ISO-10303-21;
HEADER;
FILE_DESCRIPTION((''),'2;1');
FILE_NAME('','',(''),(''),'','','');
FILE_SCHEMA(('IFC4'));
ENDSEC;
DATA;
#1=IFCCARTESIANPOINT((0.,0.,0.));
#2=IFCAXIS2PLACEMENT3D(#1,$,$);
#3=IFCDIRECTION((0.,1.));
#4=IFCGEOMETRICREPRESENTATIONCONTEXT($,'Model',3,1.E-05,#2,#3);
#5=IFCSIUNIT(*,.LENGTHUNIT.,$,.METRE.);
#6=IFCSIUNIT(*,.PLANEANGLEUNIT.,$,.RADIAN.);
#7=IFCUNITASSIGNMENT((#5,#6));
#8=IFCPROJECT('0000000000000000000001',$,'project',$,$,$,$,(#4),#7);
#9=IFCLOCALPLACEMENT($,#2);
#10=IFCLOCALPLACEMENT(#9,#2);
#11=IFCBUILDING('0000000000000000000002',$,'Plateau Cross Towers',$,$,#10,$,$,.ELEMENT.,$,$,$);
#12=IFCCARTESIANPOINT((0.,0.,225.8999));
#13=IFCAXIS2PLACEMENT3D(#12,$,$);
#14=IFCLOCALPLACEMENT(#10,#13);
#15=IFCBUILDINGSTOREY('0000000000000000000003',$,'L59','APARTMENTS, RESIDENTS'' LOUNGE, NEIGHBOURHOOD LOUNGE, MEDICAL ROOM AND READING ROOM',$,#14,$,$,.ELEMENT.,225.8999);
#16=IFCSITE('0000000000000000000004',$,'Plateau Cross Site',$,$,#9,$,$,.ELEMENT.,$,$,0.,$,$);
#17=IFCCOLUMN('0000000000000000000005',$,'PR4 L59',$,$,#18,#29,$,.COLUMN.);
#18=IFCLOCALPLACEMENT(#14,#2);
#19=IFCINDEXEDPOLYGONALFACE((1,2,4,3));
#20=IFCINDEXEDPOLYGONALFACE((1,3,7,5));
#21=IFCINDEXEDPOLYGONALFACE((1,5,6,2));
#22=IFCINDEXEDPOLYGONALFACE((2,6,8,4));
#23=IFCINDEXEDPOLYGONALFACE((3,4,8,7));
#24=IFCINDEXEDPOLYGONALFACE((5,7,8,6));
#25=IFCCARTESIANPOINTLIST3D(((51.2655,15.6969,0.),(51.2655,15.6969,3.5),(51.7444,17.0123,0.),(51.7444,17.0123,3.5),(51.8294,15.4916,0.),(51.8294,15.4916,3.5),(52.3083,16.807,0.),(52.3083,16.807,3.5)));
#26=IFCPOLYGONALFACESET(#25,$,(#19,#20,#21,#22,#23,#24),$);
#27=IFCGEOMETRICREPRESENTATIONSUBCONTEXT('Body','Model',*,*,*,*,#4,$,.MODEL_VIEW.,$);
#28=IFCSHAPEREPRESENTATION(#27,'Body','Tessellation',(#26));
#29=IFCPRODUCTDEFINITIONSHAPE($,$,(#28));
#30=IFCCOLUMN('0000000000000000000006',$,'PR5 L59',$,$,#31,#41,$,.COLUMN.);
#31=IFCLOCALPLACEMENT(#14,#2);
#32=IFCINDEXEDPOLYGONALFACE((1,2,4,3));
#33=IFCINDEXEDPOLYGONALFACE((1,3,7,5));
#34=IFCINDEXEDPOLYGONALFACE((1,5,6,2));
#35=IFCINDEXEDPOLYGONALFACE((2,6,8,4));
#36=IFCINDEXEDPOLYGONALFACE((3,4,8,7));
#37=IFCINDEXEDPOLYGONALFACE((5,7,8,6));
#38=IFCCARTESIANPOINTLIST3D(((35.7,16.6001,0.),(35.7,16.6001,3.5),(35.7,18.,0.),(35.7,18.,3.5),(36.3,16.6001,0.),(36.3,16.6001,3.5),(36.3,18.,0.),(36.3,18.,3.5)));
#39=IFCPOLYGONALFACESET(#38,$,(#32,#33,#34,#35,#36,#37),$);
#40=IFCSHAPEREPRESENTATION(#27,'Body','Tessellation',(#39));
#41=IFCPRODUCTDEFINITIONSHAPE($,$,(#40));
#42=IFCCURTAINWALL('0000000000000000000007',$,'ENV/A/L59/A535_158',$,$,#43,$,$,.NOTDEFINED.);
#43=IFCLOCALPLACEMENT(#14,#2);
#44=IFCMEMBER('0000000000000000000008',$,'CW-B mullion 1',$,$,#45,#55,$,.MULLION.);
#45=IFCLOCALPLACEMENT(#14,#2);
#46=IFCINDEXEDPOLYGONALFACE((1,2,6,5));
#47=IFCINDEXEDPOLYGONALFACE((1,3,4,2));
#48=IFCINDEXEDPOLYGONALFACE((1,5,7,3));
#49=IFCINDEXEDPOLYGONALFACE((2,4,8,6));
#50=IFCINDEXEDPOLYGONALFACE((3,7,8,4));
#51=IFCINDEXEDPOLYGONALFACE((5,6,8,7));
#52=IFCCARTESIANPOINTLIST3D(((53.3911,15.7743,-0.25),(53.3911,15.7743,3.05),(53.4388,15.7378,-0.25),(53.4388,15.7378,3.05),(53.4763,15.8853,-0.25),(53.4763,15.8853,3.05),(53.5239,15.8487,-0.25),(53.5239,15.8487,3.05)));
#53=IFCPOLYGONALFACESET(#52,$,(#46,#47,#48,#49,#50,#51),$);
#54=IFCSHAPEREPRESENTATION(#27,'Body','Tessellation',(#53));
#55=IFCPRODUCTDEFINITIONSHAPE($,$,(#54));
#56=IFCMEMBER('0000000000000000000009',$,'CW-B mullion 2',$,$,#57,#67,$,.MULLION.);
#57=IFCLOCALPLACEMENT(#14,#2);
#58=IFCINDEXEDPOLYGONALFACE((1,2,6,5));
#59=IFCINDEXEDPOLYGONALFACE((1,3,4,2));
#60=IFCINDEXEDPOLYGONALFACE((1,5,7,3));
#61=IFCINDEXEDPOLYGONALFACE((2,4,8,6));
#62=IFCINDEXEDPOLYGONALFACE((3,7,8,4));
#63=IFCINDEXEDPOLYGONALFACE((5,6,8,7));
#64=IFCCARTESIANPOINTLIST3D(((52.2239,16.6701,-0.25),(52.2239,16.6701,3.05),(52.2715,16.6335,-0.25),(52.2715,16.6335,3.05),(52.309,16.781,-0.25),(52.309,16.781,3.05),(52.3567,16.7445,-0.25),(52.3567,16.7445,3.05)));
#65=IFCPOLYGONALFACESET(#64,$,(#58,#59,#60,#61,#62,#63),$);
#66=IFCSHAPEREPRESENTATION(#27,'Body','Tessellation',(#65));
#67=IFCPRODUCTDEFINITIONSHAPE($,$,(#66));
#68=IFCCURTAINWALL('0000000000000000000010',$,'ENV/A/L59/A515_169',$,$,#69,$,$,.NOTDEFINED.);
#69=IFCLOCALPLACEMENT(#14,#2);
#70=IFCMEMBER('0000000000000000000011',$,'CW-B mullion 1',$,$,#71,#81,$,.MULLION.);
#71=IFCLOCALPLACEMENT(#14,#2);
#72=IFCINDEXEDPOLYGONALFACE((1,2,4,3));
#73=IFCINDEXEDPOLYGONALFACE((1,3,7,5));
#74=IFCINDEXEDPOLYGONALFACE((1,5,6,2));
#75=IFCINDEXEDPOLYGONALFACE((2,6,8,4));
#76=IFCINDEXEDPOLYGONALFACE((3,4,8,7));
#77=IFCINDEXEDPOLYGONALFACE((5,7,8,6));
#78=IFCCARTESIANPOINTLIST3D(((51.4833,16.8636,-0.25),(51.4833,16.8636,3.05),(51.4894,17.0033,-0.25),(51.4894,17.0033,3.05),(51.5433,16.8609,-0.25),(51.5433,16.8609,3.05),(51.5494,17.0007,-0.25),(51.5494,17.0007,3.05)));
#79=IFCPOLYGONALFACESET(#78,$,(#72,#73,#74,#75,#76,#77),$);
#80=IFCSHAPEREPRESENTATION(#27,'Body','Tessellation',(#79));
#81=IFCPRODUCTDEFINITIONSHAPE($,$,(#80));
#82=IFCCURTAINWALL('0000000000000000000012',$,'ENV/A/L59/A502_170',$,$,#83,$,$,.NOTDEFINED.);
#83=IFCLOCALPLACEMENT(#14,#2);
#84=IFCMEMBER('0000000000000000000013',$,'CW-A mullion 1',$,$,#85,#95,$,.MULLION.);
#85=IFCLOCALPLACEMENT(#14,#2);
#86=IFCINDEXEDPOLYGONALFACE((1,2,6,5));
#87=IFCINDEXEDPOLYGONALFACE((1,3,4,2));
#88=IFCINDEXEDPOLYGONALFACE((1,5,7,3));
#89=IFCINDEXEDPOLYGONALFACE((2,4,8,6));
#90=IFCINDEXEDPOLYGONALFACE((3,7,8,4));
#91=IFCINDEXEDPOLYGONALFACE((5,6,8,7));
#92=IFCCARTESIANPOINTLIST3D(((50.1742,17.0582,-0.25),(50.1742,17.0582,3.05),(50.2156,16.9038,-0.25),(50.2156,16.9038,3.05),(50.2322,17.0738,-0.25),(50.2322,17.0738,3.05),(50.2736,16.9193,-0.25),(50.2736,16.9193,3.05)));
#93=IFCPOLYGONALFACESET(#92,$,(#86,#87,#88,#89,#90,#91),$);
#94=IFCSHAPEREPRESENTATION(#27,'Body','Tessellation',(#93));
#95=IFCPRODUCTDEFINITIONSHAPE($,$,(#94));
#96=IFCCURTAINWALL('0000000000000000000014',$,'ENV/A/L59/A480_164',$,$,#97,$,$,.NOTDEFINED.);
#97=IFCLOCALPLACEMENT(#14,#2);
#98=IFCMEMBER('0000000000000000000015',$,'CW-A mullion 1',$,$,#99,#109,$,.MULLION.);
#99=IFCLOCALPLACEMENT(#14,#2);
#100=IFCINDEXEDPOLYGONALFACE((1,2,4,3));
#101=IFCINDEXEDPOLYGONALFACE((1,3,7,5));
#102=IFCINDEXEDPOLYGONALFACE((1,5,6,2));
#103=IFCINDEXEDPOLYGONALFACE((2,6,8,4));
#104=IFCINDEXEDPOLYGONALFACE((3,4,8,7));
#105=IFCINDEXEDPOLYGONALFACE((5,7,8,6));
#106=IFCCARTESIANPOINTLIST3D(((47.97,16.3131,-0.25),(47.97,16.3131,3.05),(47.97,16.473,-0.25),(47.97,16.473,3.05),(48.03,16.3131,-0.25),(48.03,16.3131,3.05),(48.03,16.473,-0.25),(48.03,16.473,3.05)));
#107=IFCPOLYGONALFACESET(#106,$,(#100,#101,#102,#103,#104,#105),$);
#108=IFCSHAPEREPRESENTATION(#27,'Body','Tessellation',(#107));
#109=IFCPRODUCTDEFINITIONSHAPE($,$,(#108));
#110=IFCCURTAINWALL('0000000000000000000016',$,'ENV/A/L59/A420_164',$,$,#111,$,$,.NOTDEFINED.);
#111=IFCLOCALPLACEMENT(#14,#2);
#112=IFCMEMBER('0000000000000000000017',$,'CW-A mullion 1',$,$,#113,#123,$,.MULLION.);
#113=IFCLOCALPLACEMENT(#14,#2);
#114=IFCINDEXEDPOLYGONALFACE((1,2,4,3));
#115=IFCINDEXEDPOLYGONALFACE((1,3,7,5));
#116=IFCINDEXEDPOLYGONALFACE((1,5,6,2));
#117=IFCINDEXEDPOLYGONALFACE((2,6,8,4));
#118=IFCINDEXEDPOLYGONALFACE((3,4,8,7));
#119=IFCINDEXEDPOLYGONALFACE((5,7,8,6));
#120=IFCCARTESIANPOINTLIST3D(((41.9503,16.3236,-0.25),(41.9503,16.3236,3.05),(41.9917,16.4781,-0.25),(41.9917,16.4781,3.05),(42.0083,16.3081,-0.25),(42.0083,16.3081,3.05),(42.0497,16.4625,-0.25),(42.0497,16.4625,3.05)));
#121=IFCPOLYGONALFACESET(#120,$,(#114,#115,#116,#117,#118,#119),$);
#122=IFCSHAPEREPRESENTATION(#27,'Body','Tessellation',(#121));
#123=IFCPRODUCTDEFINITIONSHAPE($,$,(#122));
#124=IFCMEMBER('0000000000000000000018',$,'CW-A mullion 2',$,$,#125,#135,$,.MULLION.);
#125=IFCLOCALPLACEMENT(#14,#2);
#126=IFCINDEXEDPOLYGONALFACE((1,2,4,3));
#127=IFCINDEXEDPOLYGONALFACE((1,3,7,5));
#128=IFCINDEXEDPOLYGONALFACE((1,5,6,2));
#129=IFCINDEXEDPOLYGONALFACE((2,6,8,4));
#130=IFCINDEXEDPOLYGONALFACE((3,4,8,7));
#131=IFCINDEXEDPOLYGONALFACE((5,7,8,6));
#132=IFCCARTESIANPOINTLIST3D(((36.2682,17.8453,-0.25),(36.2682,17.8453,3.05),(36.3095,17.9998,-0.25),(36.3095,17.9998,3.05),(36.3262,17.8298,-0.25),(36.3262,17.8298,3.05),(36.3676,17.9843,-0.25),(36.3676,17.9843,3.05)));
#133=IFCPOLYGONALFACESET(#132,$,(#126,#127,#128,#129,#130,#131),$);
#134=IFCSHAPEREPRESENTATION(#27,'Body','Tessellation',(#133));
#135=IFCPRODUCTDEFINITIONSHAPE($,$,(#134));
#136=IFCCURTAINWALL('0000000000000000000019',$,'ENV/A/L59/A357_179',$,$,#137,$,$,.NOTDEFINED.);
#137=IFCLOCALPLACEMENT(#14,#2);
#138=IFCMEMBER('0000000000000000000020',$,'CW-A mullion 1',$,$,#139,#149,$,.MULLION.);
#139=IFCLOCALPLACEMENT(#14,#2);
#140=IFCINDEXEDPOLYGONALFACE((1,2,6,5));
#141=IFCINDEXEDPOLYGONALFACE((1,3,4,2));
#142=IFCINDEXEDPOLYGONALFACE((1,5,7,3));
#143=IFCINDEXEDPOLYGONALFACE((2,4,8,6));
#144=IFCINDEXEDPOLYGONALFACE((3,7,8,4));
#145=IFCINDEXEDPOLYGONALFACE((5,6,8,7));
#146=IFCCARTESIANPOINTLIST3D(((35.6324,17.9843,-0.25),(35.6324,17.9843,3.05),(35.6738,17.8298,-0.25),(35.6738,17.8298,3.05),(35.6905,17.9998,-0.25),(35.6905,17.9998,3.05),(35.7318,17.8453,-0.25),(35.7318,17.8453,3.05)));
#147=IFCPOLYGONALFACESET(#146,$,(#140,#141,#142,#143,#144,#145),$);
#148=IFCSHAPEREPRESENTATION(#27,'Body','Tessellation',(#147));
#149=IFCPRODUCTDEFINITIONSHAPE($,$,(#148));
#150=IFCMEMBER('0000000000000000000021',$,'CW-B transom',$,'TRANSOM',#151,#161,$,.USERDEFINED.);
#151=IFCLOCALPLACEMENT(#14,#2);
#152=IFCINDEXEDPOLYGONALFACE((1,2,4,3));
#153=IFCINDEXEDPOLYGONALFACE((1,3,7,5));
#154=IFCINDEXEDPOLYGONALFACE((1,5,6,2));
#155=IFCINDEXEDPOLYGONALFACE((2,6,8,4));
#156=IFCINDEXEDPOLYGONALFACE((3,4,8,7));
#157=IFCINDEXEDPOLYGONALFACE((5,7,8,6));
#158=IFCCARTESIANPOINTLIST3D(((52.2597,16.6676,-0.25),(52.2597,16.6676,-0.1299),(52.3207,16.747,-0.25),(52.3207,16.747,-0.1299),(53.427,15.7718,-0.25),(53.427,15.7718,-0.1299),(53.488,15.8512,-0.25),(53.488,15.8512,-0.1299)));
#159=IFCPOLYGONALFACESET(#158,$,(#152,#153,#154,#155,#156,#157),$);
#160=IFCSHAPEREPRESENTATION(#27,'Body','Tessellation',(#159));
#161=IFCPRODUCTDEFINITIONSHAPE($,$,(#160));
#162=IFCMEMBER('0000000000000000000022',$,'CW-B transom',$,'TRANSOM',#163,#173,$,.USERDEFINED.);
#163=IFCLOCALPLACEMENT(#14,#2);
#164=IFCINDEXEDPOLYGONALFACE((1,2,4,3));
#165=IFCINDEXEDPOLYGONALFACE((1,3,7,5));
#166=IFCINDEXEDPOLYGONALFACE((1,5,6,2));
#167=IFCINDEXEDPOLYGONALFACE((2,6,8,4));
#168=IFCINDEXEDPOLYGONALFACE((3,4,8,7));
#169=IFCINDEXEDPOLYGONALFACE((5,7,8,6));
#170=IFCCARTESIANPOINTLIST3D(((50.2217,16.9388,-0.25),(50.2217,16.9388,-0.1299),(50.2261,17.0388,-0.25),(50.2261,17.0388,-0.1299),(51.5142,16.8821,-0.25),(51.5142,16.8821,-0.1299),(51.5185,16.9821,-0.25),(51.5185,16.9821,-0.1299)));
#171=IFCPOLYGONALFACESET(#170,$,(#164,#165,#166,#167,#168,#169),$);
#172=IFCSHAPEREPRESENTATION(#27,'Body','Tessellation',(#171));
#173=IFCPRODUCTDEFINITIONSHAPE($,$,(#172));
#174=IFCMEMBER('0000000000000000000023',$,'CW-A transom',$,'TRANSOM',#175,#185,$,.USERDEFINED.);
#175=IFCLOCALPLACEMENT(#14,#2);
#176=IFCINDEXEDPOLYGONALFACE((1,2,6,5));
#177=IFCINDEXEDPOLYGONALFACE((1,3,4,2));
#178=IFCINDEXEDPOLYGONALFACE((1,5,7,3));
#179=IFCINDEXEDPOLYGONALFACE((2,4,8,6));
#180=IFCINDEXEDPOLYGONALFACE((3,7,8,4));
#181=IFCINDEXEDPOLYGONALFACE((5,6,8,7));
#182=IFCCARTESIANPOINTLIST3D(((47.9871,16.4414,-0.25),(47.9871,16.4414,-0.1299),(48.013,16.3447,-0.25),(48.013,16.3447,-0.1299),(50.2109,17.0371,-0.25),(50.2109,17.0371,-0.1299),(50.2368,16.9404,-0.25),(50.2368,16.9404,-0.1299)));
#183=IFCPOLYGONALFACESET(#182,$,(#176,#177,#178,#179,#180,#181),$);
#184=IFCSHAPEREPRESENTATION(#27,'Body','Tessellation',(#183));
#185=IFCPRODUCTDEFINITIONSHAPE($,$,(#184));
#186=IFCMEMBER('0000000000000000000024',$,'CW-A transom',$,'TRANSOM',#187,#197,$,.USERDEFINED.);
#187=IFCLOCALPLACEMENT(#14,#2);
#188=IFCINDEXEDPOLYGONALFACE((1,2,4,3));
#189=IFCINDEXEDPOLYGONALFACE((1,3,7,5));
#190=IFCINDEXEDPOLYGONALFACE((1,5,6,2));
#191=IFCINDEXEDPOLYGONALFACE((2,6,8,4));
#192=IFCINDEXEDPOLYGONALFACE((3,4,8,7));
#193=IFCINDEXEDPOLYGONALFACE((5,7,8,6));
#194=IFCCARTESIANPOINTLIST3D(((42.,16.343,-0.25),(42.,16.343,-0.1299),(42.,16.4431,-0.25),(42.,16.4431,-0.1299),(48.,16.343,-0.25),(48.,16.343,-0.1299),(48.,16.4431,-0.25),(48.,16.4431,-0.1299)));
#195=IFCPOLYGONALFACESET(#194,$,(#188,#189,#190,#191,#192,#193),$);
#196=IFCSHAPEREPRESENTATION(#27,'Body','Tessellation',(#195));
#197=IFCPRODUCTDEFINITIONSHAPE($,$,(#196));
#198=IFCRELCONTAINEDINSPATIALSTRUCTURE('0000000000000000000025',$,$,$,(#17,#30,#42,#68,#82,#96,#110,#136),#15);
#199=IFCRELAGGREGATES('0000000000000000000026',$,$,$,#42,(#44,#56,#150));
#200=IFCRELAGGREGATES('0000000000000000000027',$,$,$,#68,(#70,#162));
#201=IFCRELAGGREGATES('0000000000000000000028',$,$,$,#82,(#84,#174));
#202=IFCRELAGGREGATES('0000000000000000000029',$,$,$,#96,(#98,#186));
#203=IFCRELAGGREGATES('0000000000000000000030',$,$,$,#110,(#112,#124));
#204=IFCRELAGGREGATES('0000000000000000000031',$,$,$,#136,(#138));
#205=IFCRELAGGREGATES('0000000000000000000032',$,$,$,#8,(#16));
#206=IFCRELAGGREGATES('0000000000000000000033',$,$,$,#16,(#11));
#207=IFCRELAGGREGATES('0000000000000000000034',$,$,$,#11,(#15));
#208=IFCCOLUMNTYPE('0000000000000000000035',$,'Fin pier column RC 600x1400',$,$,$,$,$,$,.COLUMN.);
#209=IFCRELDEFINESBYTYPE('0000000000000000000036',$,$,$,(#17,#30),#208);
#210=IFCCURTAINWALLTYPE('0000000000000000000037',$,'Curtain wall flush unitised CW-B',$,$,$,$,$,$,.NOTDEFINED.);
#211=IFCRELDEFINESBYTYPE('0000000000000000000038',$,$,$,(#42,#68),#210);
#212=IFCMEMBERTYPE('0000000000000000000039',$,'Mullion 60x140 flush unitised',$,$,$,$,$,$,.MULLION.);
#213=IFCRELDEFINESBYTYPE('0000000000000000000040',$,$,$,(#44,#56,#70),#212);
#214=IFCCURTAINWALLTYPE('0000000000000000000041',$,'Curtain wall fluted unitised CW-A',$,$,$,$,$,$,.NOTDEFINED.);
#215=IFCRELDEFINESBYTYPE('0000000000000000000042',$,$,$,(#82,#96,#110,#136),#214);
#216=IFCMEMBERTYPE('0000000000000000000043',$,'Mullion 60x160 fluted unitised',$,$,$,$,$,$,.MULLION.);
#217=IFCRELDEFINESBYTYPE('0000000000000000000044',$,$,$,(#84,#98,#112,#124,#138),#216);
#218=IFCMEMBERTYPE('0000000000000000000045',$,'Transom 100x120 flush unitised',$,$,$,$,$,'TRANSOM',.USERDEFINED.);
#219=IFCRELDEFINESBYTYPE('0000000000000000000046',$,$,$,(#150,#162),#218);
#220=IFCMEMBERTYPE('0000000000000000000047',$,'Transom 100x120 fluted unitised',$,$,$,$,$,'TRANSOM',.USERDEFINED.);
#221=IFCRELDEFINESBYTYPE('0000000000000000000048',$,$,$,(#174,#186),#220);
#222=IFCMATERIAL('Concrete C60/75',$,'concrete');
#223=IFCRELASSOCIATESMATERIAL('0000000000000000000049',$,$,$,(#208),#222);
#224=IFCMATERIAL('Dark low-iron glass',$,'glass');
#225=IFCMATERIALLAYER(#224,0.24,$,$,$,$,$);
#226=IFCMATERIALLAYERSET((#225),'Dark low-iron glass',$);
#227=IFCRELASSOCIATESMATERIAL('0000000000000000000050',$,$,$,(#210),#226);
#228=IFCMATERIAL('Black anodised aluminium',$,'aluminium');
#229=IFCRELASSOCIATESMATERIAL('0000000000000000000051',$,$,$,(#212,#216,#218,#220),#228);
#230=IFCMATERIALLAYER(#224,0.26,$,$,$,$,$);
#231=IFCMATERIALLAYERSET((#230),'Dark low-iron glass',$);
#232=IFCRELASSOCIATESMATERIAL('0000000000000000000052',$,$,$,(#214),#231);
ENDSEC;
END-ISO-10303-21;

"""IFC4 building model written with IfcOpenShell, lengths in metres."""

from ifc_helpers import new_model, si_unit, direction, frame, origin, origin_2d, place, context, subcontext, project, spatial, rectangle, extrude, material, layer, layer_set, material_profile, profile_set, type_object, element, aggregate, save


model = new_model("IFC4")

# Units and contexts
model_context = context("Model", 3, precision=1e-05, world=origin(), true_north=direction((0.0, 1.0)))
body_context = subcontext(model_context, "Body", "Model", "MODEL_VIEW")
ifc_project = project(units=[si_unit("LENGTHUNIT", "METRE"), si_unit("PLANEANGLEUNIT", "RADIAN")], contexts=[model_context])

# Site, building, storey
site_placement = place(None, origin())
site = spatial("IfcSite", under=ifc_project, at=site_placement, Name="Plateau Cross Site", CompositionType="ELEMENT", RefElevation=0.0)
building_placement = place(site_placement, origin())
building = spatial("IfcBuilding", under=site, at=building_placement, Name="Plateau Cross Towers", CompositionType="ELEMENT")
storey_placement = place(building_placement, frame((0.0, 0.0, 225.8999)))
storey = spatial("IfcBuildingStorey", under=building, at=storey_placement, Name="L59", Description="APARTMENTS, RESIDENTS' LOUNGE, NEIGHBOURHOOD LOUNGE, MEDICAL ROOM AND READING ROOM", CompositionType="ELEMENT", Elevation=225.8999)

# Columns
ifc_material_1 = material(Name="Concrete C60/75", Category="concrete")
ifc_material_profile_1 = material_profile(ifc_material_1, rectangle(XDim=0.6001, YDim=1.3999, at=origin_2d()), Name="RC 600x1400")
ifc_profile_set_1 = profile_set([ifc_material_profile_1], Name="Concrete C60/75")
column_type = type_object("IfcColumnType", Name="Fin pier column RC 600x1400", PredefinedType="COLUMN", material=ifc_profile_set_1)
for number, where, z_axis, x_axis, name in (
    (1, (51.7869, 16.252, 0.0), (0.0, 0.0, 1.0), (-0.939664, 0.342098, 0.0), "PR4 L59"),
    (2, (36.0, 17.3, 0.0), (0.0, 0.0, 1.0), (1.0, 0.0, 0.0), "PR5 L59"),
):
    element("IfcColumn", number, at=place(storey_placement, frame(where, z_axis=z_axis, x_axis=x_axis)), inside=storey, type_object=column_type, Name=name, PredefinedType="COLUMN", context=body_context, shape_type="SweptSolid", body=[
        extrude(rectangle(XDim=0.6001, YDim=1.3999, at=origin_2d()), origin(), (0.0, 0.0, 1.0), 3.5),
    ])

# Curtain wall, members
ifc_material_2 = material(Name="Dark low-iron glass", Category="glass")
ifc_layer_1 = layer(ifc_material_2, 0.24)
ifc_layer_set_1 = layer_set([ifc_layer_1], Name="Dark low-iron glass")
curtain_wall_type_1 = type_object("IfcCurtainWallType", Name="Curtain wall flush unitised CW-B", PredefinedType="NOTDEFINED", material=ifc_layer_set_1)
curtain_wall_1_placement = place(storey_placement, origin())
curtain_wall_1 = element("IfcCurtainWall", 3, at=curtain_wall_1_placement, inside=storey, type_object=curtain_wall_type_1, Name="ENV/A/L59/A535_158", PredefinedType="NOTDEFINED")
ifc_material_3 = material(Name="Black anodised aluminium", Category="aluminium")
ifc_material_profile_2 = material_profile(ifc_material_3, rectangle(XDim=0.0601, YDim=0.1399, at=origin_2d()), Name="MULLION 60x140")
ifc_profile_set_2 = profile_set([ifc_material_profile_2], Name="Black anodised aluminium")
member_type_1 = type_object("IfcMemberType", Name="Mullion 60x140 flush unitised", PredefinedType="MULLION", material=ifc_profile_set_2)
member_1_placement = place(storey_placement, frame((53.4575, 15.8115, -0.25), z_axis=(0.0, 0.0, 1.0), x_axis=(-0.793316, 0.608811, 0.0)))
member_1 = element("IfcMember", 4, at=member_1_placement, type_object=member_type_1, Name="CW-B mullion 1", PredefinedType="MULLION", context=body_context, shape_type="SweptSolid", body=[
    extrude(rectangle(XDim=0.0601, YDim=0.1399, at=origin_2d()), origin(), (0.0, 0.0, 1.0), 3.3),
])
member_2_placement = place(storey_placement, frame((52.2903, 16.7073, -0.25), z_axis=(0.0, 0.0, 1.0), x_axis=(-0.793316, 0.608811, 0.0)))
member_2 = element("IfcMember", 5, at=member_2_placement, type_object=member_type_1, Name="CW-B mullion 2", PredefinedType="MULLION", context=body_context, shape_type="SweptSolid", body=[
    extrude(rectangle(XDim=0.0601, YDim=0.1399, at=origin_2d()), origin(), (0.0, 0.0, 1.0), 3.3),
])

# Curtain walls, members
curtain_wall_2_placement = place(storey_placement, origin())
curtain_wall_2 = element("IfcCurtainWall", 6, at=curtain_wall_2_placement, inside=storey, type_object=curtain_wall_type_1, Name="ENV/A/L59/A515_169", PredefinedType="NOTDEFINED")
member_3_placement = place(storey_placement, frame((51.5164, 16.9321, -0.25), z_axis=(0.0, 0.0, 1.0), x_axis=(-0.999044, 0.043723, 0.0)))
member_3 = element("IfcMember", 7, at=member_3_placement, type_object=member_type_1, Name="CW-B mullion 1", PredefinedType="MULLION", context=body_context, shape_type="SweptSolid", body=[
    extrude(rectangle(XDim=0.0601, YDim=0.1399, at=origin_2d()), origin(), (0.0, 0.0, 1.0), 3.3),
])
ifc_layer_2 = layer(ifc_material_2, 0.26)
ifc_layer_set_2 = layer_set([ifc_layer_2], Name="Dark low-iron glass")
curtain_wall_type_2 = type_object("IfcCurtainWallType", Name="Curtain wall fluted unitised CW-A", PredefinedType="NOTDEFINED", material=ifc_layer_set_2)
curtain_wall_3_placement = place(storey_placement, origin())
curtain_wall_3 = element("IfcCurtainWall", 8, at=curtain_wall_3_placement, inside=storey, type_object=curtain_wall_type_2, Name="ENV/A/L59/A502_170", PredefinedType="NOTDEFINED")
ifc_material_profile_3 = material_profile(ifc_material_3, rectangle(XDim=0.0601, YDim=0.1599, at=origin_2d()), Name="MULLION 60x160")
ifc_profile_set_3 = profile_set([ifc_material_profile_3], Name="Black anodised aluminium")
member_type_2 = type_object("IfcMemberType", Name="Mullion 60x160 fluted unitised", PredefinedType="MULLION", material=ifc_profile_set_3)
member_4_placement = place(storey_placement, frame((50.2239, 16.9888, -0.25), z_axis=(0.0, 0.0, 1.0), x_axis=(-0.965958, -0.258699, 0.0)))
member_4 = element("IfcMember", 9, at=member_4_placement, type_object=member_type_2, Name="CW-A mullion 1", PredefinedType="MULLION", context=body_context, shape_type="SweptSolid", body=[
    extrude(rectangle(XDim=0.0601, YDim=0.1599, at=origin_2d()), origin(), (0.0, 0.0, 1.0), 3.3),
])
curtain_wall_4_placement = place(storey_placement, origin())
curtain_wall_4 = element("IfcCurtainWall", 10, at=curtain_wall_4_placement, inside=storey, type_object=curtain_wall_type_2, Name="ENV/A/L59/A480_164", PredefinedType="NOTDEFINED")
member_5_placement = place(storey_placement, frame((48.0, 16.3931, -0.25), z_axis=(0.0, 0.0, 1.0), x_axis=(-1.0, 0.0, 0.0)))
member_5 = element("IfcMember", 11, at=member_5_placement, type_object=member_type_2, Name="CW-A mullion 1", PredefinedType="MULLION", context=body_context, shape_type="SweptSolid", body=[
    extrude(rectangle(XDim=0.0601, YDim=0.1599, at=origin_2d()), origin(), (0.0, 0.0, 1.0), 3.3),
])

# Curtain wall, members
curtain_wall_5_placement = place(storey_placement, origin())
curtain_wall_5 = element("IfcCurtainWall", 12, at=curtain_wall_5_placement, inside=storey, type_object=curtain_wall_type_2, Name="ENV/A/L59/A420_164", PredefinedType="NOTDEFINED")
member_6_placement = place(storey_placement, frame((42.0, 16.3931, -0.25), z_axis=(0.0, 0.0, 1.0), x_axis=(-0.965958, 0.258699, 0.0)))
member_6 = element("IfcMember", 13, at=member_6_placement, type_object=member_type_2, Name="CW-A mullion 1", PredefinedType="MULLION", context=body_context, shape_type="SweptSolid", body=[
    extrude(rectangle(XDim=0.0601, YDim=0.1599, at=origin_2d()), origin(), (0.0, 0.0, 1.0), 3.3),
])
member_7_placement = place(storey_placement, frame((36.3179, 17.9148, -0.25), z_axis=(0.0, 0.0, 1.0), x_axis=(-0.965958, 0.258699, 0.0)))
member_7 = element("IfcMember", 14, at=member_7_placement, type_object=member_type_2, Name="CW-A mullion 2", PredefinedType="MULLION", context=body_context, shape_type="SweptSolid", body=[
    extrude(rectangle(XDim=0.0601, YDim=0.1599, at=origin_2d()), origin(), (0.0, 0.0, 1.0), 3.3),
])

# Curtain wall, member
curtain_wall_6_placement = place(storey_placement, origin())
curtain_wall_6 = element("IfcCurtainWall", 15, at=curtain_wall_6_placement, inside=storey, type_object=curtain_wall_type_2, Name="ENV/A/L59/A357_179", PredefinedType="NOTDEFINED")
member_8_placement = place(storey_placement, frame((35.6821, 17.9148, -0.25), z_axis=(0.0, 0.0, 1.0), x_axis=(-0.965958, -0.258699, 0.0)))
member_8 = element("IfcMember", 16, at=member_8_placement, type_object=member_type_2, Name="CW-A mullion 1", PredefinedType="MULLION", context=body_context, shape_type="SweptSolid", body=[
    extrude(rectangle(XDim=0.0601, YDim=0.1599, at=origin_2d()), origin(), (0.0, 0.0, 1.0), 3.3),
])

# Members
ifc_material_profile_4 = material_profile(ifc_material_3, rectangle(XDim=0.1001, YDim=0.1201, at=origin_2d()), Name="TRANSOM 100x120")
ifc_profile_set_4 = profile_set([ifc_material_profile_4], Name="Black anodised aluminium")
member_type_3 = type_object("IfcMemberType", Name="Transom 100x120 flush unitised", ElementType="TRANSOM", PredefinedType="USERDEFINED", material=ifc_profile_set_4)
member_9_placement = place(storey_placement, frame((53.4575, 15.8115, -0.1899), z_axis=(-0.793321, 0.608804, 0.0), x_axis=(-0.608804, -0.793321, 0.0)))
member_9 = element("IfcMember", 17, at=member_9_placement, type_object=member_type_3, Name="CW-B transom", ObjectType="TRANSOM", PredefinedType="USERDEFINED", context=body_context, shape_type="SweptSolid", body=[
    extrude(rectangle(XDim=0.1001, YDim=0.1201, at=origin_2d()), origin(), (0.0, 0.0, 1.0), 1.4714),
])
member_10_placement = place(storey_placement, frame((51.5164, 16.9321, -0.1899), z_axis=(-0.999041, 0.043781, 0.0), x_axis=(-0.043781, -0.999041, 0.0)))
member_10 = element("IfcMember", 18, at=member_10_placement, type_object=member_type_3, Name="CW-B transom", ObjectType="TRANSOM", PredefinedType="USERDEFINED", context=body_context, shape_type="SweptSolid", body=[
    extrude(rectangle(XDim=0.1001, YDim=0.1201, at=origin_2d()), origin(), (0.0, 0.0, 1.0), 1.2937),
])
ifc_material_profile_5 = material_profile(ifc_material_3, rectangle(XDim=0.1001, YDim=0.1201, at=origin_2d()), Name="TRANSOM 100x120")
ifc_profile_set_5 = profile_set([ifc_material_profile_5], Name="Black anodised aluminium")
member_type_4 = type_object("IfcMemberType", Name="Transom 100x120 fluted unitised", ElementType="TRANSOM", PredefinedType="USERDEFINED", material=ifc_profile_set_5)
member_11_placement = place(storey_placement, frame((50.2239, 16.9888, -0.1899), z_axis=(-0.965946, -0.258745, 0.0), x_axis=(0.258745, -0.965946, 0.0)))
member_11 = element("IfcMember", 19, at=member_11_placement, type_object=member_type_4, Name="CW-A transom", ObjectType="TRANSOM", PredefinedType="USERDEFINED", context=body_context, shape_type="SweptSolid", body=[
    extrude(rectangle(XDim=0.1001, YDim=0.1201, at=origin_2d()), origin(), (0.0, 0.0, 1.0), 2.3022),
])
member_12_placement = place(storey_placement, frame((48.0, 16.3931, -0.1899), z_axis=(-1.0, 0.0, 0.0), x_axis=(0.0, -1.0, 0.0)))
member_12 = element("IfcMember", 20, at=member_12_placement, type_object=member_type_4, Name="CW-A transom", ObjectType="TRANSOM", PredefinedType="USERDEFINED", context=body_context, shape_type="SweptSolid", body=[
    extrude(rectangle(XDim=0.1001, YDim=0.1201, at=origin_2d()), origin(), (0.0, 0.0, 1.0), 6.0),
])

aggregate(curtain_wall_1, [member_1, member_2, member_9])
aggregate(curtain_wall_2, [member_3, member_10])
aggregate(curtain_wall_3, [member_4, member_11])
aggregate(curtain_wall_4, [member_5, member_12])
aggregate(curtain_wall_5, [member_6, member_7])
aggregate(curtain_wall_6, [member_8])

save(model, "model.ifc")
